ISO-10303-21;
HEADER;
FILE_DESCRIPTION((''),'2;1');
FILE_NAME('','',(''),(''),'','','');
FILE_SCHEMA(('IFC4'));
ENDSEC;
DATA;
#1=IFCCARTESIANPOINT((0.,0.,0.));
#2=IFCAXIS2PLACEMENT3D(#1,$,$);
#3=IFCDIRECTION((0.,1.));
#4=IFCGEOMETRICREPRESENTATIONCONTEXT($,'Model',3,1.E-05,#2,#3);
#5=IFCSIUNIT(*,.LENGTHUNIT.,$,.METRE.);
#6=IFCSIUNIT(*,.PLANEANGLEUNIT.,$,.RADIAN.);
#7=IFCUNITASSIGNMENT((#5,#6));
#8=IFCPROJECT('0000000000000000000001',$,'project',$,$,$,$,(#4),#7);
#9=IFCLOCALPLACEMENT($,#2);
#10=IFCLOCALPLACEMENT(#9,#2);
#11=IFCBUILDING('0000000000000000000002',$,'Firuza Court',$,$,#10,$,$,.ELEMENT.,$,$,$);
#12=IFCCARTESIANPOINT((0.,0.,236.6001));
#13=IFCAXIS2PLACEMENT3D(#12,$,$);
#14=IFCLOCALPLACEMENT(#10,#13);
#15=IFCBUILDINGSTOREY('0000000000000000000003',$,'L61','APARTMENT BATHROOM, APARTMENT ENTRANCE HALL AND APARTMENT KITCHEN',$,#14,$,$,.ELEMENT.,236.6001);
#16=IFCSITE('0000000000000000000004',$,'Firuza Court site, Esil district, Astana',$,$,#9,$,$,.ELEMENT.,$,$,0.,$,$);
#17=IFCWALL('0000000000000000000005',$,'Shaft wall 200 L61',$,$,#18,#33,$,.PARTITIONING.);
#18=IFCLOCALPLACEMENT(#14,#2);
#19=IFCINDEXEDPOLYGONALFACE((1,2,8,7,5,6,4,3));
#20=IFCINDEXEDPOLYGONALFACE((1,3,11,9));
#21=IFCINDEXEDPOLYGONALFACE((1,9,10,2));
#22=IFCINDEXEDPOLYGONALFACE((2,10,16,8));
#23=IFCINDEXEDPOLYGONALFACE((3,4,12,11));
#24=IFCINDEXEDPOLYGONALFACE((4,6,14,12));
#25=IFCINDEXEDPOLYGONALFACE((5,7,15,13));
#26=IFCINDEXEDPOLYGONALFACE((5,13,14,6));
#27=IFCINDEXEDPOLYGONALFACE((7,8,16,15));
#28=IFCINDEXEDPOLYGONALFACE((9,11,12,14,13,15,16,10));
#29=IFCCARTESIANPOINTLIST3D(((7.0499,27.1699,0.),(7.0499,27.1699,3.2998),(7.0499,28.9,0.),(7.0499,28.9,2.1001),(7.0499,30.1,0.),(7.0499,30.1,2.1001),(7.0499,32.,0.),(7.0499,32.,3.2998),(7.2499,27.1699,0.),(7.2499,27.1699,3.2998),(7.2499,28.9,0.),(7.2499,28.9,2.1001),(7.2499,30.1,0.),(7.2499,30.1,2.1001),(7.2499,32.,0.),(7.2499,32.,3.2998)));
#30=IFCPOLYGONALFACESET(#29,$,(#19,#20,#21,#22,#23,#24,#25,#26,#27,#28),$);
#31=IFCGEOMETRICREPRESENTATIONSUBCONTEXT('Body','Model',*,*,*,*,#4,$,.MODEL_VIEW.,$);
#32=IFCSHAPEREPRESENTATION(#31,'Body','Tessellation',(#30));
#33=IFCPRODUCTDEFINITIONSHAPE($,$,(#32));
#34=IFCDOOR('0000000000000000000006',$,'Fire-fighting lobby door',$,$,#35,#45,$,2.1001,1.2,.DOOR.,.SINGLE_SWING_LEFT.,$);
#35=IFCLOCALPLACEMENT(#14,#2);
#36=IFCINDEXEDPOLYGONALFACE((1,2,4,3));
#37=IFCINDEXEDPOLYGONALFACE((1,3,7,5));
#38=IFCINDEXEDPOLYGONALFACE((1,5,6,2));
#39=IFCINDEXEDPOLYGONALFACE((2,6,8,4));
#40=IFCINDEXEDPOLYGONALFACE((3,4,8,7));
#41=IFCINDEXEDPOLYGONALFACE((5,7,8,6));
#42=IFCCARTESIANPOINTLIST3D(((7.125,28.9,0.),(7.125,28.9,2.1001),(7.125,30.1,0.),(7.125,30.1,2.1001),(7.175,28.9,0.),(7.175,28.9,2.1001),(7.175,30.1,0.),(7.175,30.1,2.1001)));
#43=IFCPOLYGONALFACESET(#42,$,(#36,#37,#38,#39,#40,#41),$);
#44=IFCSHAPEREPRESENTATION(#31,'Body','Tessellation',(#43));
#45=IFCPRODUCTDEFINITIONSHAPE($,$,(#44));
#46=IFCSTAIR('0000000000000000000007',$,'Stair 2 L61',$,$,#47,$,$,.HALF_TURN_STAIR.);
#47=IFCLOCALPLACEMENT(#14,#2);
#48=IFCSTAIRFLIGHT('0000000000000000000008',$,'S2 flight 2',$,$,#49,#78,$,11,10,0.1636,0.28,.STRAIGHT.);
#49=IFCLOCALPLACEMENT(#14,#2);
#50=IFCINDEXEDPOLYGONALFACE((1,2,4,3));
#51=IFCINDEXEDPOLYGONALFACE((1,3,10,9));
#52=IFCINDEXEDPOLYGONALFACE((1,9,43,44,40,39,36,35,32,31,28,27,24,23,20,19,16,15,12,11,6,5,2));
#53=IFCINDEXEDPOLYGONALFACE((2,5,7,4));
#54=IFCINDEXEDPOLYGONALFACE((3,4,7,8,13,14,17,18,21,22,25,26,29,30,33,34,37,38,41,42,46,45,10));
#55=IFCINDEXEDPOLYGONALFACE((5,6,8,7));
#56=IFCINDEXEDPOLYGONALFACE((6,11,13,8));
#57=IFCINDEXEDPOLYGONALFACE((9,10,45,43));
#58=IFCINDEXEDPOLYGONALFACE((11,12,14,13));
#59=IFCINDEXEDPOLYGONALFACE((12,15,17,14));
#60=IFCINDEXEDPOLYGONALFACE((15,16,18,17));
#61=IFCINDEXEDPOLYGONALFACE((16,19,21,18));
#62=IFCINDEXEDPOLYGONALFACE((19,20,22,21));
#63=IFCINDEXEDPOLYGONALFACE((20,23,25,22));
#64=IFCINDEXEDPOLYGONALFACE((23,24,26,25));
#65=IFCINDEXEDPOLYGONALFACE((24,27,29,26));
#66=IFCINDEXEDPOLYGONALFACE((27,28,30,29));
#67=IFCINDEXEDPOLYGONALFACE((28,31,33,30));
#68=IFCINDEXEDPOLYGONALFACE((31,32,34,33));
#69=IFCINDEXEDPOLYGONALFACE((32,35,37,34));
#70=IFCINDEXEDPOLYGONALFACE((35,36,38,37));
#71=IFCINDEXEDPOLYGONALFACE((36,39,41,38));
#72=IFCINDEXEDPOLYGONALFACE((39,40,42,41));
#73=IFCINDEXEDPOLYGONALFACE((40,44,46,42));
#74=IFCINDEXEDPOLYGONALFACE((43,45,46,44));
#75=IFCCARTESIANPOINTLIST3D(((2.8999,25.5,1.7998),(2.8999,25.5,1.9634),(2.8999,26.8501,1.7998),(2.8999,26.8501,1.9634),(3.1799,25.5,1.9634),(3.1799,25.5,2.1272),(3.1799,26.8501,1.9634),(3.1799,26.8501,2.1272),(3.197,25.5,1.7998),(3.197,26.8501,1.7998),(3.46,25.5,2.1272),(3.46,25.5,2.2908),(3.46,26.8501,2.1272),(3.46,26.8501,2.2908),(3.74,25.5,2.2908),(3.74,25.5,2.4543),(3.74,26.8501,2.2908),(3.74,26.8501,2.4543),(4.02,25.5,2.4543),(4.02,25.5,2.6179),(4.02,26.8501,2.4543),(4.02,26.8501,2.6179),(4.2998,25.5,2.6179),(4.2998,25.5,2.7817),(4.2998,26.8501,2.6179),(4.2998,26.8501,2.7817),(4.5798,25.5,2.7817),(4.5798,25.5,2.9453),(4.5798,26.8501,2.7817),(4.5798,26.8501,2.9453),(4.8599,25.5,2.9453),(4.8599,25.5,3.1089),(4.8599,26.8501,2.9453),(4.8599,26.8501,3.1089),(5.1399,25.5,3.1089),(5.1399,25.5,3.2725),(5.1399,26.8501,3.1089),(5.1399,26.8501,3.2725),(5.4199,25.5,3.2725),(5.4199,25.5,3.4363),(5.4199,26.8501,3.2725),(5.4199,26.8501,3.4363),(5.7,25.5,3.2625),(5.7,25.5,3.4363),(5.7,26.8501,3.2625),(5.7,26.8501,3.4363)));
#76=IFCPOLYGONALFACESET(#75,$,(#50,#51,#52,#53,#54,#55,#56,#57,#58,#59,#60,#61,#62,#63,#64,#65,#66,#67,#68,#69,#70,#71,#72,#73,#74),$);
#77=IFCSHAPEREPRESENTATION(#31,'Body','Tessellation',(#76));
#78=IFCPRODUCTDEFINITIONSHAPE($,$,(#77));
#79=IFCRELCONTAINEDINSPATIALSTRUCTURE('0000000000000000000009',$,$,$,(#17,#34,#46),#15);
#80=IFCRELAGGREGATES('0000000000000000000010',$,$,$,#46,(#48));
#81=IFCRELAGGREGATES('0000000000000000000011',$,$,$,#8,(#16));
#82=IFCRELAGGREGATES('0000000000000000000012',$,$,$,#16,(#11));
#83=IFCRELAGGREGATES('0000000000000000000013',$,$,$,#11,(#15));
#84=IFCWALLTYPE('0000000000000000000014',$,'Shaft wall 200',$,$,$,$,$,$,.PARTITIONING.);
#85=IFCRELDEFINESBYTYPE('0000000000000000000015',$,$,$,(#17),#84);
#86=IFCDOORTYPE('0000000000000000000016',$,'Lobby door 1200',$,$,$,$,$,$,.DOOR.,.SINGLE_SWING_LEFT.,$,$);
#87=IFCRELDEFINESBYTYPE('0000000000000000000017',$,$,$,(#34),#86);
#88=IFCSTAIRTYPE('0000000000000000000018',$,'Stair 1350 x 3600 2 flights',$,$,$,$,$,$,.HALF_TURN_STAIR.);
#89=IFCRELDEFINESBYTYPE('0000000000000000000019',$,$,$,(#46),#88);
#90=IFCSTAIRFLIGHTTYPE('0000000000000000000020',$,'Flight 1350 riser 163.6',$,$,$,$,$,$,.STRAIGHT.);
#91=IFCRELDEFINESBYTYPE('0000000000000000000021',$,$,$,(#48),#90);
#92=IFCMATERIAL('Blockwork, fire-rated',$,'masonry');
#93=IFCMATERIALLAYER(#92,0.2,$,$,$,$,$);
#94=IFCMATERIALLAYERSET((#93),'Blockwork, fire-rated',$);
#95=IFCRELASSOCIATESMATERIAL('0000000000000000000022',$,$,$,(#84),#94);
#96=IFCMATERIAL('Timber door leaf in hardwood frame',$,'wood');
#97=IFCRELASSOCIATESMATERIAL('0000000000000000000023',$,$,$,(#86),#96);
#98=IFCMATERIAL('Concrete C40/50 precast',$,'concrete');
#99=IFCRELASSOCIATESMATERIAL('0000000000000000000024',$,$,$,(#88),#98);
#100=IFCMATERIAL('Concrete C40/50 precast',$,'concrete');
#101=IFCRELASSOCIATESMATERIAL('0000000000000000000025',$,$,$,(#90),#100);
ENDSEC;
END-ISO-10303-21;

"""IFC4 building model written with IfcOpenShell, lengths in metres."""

from ifc_helpers import new_model, si_unit, direction, frame, frame_2d, origin, place, context, subcontext, project, spatial, polyline, rectangle, outline, extrude, material, layer, layer_set, type_object, element, fill, aggregate, save


model = new_model("IFC4")

# Units and contexts
model_context = context("Model", 3, precision=1e-05, world=origin(), true_north=direction((0.0, 1.0)))
body_context = subcontext(model_context, "Body", "Model", "MODEL_VIEW")
ifc_project = project(units=[si_unit("LENGTHUNIT", "METRE"), si_unit("PLANEANGLEUNIT", "RADIAN")], contexts=[model_context])

# Site, building, storey
site_placement = place(None, origin())
site = spatial("IfcSite", under=ifc_project, at=site_placement, Name="Firuza Court site, Esil district, Astana", CompositionType="ELEMENT", RefElevation=0.0)
building_placement = place(site_placement, origin())
building = spatial("IfcBuilding", under=site, at=building_placement, Name="Firuza Court", CompositionType="ELEMENT")
storey_placement = place(building_placement, frame((0.0, 0.0, 236.6001)))
storey = spatial("IfcBuildingStorey", under=building, at=storey_placement, Name="L61", Description="APARTMENT BATHROOM, APARTMENT ENTRANCE HALL AND APARTMENT KITCHEN", CompositionType="ELEMENT", Elevation=236.6001)

# Wall, opening, door
ifc_material_1 = material(Name="Blockwork, fire-rated", Category="masonry")
ifc_layer_1 = layer(ifc_material_1, 0.2)
ifc_layer_set_1 = layer_set([ifc_layer_1], Name="Blockwork, fire-rated")
wall_type_1 = type_object("IfcWallType", Name="Shaft wall 200", PredefinedType="PARTITIONING", material=ifc_layer_set_1)
wall_1_placement = place(storey_placement, frame((7.1499, 27.1699, 0.0), z_axis=(0.0, 0.0, 1.0), x_axis=(0.0, 1.0, 0.0)))
wall_1 = element("IfcWall", 1, at=wall_1_placement, inside=storey, type_object=wall_type_1, Name="Shaft wall 200 L61", PredefinedType="PARTITIONING", context=body_context, shape_type="SweptSolid", body=[
    extrude(rectangle(XDim=4.8301, YDim=0.2, at=frame_2d((2.415, 0.0))), origin(), (0.0, 0.0, 1.0), 3.2998),
])
opening_1_placement = place(wall_1_placement, frame((1.73, 0.0, 0.0)))
opening_1 = element("IfcOpeningElement", 2, at=opening_1_placement, cuts=wall_1, PredefinedType="OPENING", context=body_context, shape_type="SweptSolid", body=[
    extrude(rectangle(XDim=1.2, YDim=2.1001, at=frame_2d((0.6001, 1.05))), frame((0.0, 0.1118, 0.0), z_axis=(0.0, -1.0, 0.0), x_axis=(1.0, 0.0, 0.0)), (0.0, 0.0, 1.0), 0.2239),
])
ifc_material_2 = material(Name="Timber door leaf in hardwood frame", Category="wood")
door_type_1 = type_object("IfcDoorType", Name="Lobby door 1200", OperationType="SINGLE_SWING_LEFT", PredefinedType="DOOR", material=ifc_material_2)
door_1_placement = place(opening_1_placement, origin())
door_1 = element("IfcDoor", 3, at=door_1_placement, inside=storey, type_object=door_type_1, Name="Fire-fighting lobby door", OperationType="SINGLE_SWING_LEFT", OverallHeight=2.1001, OverallWidth=1.2, PredefinedType="DOOR", context=body_context, shape_type="SweptSolid", body=[
    extrude(rectangle(XDim=1.2, YDim=2.1001, at=frame_2d((0.6001, 1.05))), frame((0.0, 0.0249, 0.0), z_axis=(0.0, -1.0, 0.0), x_axis=(1.0, 0.0, 0.0)), (0.0, 0.0, 1.0), 0.05),
])
fill(opening_1, door_1)

# Stair, stair flight
ifc_material_3 = material(Name="Concrete C40/50 precast", Category="concrete")
stair_type = type_object("IfcStairType", Name="Stair 1350 x 3600 2 flights", PredefinedType="HALF_TURN_STAIR", material=ifc_material_3)
stair_placement = place(storey_placement, origin())
stair = element("IfcStair", 4, at=stair_placement, inside=storey, type_object=stair_type, Name="Stair 2 L61", PredefinedType="HALF_TURN_STAIR")
ifc_material_4 = material(Name="Concrete C40/50 precast", Category="concrete")
stair_flight_type = type_object("IfcStairFlightType", Name="Flight 1350 riser 163.6", PredefinedType="STRAIGHT", material=ifc_material_4)
stair_flight_placement = place(storey_placement, frame((2.8999, 26.175, 1.7998), z_axis=(0.0, 0.0, 1.0), x_axis=(1.0, 0.0, 0.0)))
stair_flight = element("IfcStairFlight", 5, at=stair_flight_placement, type_object=stair_flight_type, Name="S2 flight 2", NumberOfRisers=11, NumberOfTreads=10, PredefinedType="STRAIGHT", RiserHeight=0.1636, TreadLength=0.28, context=body_context, shape_type="SweptSolid", body=[
    extrude(outline(polyline([(0.0, 0.0), (0.0, 0.1636), (0.28, 0.1636), (0.28, 0.3274), (0.5601, 0.3274), (0.5601, 0.491), (0.8401, 0.491), (0.8401, 0.6545), (1.1201, 0.6545), (1.1201, 0.8181), (1.3999, 0.8181), (1.3999, 0.9819), (1.6799, 0.9819), (1.6799, 1.1455), (1.96, 1.1455), (1.96, 1.3091), (2.24, 1.3091), (2.24, 1.4727), (2.52, 1.4727), (2.52, 1.6365), (2.8, 1.6365), (2.8, 1.8), (2.8, 1.4626), (0.2971, 0.0), (0.0, 0.0)])), frame((0.0, 0.675, 0.0), z_axis=(0.0, -1.0, 0.0), x_axis=(1.0, 0.0, 0.0)), (0.0, 0.0, 1.0), 1.3501),
])
aggregate(stair, [stair_flight])

save(model, "model.ifc")
